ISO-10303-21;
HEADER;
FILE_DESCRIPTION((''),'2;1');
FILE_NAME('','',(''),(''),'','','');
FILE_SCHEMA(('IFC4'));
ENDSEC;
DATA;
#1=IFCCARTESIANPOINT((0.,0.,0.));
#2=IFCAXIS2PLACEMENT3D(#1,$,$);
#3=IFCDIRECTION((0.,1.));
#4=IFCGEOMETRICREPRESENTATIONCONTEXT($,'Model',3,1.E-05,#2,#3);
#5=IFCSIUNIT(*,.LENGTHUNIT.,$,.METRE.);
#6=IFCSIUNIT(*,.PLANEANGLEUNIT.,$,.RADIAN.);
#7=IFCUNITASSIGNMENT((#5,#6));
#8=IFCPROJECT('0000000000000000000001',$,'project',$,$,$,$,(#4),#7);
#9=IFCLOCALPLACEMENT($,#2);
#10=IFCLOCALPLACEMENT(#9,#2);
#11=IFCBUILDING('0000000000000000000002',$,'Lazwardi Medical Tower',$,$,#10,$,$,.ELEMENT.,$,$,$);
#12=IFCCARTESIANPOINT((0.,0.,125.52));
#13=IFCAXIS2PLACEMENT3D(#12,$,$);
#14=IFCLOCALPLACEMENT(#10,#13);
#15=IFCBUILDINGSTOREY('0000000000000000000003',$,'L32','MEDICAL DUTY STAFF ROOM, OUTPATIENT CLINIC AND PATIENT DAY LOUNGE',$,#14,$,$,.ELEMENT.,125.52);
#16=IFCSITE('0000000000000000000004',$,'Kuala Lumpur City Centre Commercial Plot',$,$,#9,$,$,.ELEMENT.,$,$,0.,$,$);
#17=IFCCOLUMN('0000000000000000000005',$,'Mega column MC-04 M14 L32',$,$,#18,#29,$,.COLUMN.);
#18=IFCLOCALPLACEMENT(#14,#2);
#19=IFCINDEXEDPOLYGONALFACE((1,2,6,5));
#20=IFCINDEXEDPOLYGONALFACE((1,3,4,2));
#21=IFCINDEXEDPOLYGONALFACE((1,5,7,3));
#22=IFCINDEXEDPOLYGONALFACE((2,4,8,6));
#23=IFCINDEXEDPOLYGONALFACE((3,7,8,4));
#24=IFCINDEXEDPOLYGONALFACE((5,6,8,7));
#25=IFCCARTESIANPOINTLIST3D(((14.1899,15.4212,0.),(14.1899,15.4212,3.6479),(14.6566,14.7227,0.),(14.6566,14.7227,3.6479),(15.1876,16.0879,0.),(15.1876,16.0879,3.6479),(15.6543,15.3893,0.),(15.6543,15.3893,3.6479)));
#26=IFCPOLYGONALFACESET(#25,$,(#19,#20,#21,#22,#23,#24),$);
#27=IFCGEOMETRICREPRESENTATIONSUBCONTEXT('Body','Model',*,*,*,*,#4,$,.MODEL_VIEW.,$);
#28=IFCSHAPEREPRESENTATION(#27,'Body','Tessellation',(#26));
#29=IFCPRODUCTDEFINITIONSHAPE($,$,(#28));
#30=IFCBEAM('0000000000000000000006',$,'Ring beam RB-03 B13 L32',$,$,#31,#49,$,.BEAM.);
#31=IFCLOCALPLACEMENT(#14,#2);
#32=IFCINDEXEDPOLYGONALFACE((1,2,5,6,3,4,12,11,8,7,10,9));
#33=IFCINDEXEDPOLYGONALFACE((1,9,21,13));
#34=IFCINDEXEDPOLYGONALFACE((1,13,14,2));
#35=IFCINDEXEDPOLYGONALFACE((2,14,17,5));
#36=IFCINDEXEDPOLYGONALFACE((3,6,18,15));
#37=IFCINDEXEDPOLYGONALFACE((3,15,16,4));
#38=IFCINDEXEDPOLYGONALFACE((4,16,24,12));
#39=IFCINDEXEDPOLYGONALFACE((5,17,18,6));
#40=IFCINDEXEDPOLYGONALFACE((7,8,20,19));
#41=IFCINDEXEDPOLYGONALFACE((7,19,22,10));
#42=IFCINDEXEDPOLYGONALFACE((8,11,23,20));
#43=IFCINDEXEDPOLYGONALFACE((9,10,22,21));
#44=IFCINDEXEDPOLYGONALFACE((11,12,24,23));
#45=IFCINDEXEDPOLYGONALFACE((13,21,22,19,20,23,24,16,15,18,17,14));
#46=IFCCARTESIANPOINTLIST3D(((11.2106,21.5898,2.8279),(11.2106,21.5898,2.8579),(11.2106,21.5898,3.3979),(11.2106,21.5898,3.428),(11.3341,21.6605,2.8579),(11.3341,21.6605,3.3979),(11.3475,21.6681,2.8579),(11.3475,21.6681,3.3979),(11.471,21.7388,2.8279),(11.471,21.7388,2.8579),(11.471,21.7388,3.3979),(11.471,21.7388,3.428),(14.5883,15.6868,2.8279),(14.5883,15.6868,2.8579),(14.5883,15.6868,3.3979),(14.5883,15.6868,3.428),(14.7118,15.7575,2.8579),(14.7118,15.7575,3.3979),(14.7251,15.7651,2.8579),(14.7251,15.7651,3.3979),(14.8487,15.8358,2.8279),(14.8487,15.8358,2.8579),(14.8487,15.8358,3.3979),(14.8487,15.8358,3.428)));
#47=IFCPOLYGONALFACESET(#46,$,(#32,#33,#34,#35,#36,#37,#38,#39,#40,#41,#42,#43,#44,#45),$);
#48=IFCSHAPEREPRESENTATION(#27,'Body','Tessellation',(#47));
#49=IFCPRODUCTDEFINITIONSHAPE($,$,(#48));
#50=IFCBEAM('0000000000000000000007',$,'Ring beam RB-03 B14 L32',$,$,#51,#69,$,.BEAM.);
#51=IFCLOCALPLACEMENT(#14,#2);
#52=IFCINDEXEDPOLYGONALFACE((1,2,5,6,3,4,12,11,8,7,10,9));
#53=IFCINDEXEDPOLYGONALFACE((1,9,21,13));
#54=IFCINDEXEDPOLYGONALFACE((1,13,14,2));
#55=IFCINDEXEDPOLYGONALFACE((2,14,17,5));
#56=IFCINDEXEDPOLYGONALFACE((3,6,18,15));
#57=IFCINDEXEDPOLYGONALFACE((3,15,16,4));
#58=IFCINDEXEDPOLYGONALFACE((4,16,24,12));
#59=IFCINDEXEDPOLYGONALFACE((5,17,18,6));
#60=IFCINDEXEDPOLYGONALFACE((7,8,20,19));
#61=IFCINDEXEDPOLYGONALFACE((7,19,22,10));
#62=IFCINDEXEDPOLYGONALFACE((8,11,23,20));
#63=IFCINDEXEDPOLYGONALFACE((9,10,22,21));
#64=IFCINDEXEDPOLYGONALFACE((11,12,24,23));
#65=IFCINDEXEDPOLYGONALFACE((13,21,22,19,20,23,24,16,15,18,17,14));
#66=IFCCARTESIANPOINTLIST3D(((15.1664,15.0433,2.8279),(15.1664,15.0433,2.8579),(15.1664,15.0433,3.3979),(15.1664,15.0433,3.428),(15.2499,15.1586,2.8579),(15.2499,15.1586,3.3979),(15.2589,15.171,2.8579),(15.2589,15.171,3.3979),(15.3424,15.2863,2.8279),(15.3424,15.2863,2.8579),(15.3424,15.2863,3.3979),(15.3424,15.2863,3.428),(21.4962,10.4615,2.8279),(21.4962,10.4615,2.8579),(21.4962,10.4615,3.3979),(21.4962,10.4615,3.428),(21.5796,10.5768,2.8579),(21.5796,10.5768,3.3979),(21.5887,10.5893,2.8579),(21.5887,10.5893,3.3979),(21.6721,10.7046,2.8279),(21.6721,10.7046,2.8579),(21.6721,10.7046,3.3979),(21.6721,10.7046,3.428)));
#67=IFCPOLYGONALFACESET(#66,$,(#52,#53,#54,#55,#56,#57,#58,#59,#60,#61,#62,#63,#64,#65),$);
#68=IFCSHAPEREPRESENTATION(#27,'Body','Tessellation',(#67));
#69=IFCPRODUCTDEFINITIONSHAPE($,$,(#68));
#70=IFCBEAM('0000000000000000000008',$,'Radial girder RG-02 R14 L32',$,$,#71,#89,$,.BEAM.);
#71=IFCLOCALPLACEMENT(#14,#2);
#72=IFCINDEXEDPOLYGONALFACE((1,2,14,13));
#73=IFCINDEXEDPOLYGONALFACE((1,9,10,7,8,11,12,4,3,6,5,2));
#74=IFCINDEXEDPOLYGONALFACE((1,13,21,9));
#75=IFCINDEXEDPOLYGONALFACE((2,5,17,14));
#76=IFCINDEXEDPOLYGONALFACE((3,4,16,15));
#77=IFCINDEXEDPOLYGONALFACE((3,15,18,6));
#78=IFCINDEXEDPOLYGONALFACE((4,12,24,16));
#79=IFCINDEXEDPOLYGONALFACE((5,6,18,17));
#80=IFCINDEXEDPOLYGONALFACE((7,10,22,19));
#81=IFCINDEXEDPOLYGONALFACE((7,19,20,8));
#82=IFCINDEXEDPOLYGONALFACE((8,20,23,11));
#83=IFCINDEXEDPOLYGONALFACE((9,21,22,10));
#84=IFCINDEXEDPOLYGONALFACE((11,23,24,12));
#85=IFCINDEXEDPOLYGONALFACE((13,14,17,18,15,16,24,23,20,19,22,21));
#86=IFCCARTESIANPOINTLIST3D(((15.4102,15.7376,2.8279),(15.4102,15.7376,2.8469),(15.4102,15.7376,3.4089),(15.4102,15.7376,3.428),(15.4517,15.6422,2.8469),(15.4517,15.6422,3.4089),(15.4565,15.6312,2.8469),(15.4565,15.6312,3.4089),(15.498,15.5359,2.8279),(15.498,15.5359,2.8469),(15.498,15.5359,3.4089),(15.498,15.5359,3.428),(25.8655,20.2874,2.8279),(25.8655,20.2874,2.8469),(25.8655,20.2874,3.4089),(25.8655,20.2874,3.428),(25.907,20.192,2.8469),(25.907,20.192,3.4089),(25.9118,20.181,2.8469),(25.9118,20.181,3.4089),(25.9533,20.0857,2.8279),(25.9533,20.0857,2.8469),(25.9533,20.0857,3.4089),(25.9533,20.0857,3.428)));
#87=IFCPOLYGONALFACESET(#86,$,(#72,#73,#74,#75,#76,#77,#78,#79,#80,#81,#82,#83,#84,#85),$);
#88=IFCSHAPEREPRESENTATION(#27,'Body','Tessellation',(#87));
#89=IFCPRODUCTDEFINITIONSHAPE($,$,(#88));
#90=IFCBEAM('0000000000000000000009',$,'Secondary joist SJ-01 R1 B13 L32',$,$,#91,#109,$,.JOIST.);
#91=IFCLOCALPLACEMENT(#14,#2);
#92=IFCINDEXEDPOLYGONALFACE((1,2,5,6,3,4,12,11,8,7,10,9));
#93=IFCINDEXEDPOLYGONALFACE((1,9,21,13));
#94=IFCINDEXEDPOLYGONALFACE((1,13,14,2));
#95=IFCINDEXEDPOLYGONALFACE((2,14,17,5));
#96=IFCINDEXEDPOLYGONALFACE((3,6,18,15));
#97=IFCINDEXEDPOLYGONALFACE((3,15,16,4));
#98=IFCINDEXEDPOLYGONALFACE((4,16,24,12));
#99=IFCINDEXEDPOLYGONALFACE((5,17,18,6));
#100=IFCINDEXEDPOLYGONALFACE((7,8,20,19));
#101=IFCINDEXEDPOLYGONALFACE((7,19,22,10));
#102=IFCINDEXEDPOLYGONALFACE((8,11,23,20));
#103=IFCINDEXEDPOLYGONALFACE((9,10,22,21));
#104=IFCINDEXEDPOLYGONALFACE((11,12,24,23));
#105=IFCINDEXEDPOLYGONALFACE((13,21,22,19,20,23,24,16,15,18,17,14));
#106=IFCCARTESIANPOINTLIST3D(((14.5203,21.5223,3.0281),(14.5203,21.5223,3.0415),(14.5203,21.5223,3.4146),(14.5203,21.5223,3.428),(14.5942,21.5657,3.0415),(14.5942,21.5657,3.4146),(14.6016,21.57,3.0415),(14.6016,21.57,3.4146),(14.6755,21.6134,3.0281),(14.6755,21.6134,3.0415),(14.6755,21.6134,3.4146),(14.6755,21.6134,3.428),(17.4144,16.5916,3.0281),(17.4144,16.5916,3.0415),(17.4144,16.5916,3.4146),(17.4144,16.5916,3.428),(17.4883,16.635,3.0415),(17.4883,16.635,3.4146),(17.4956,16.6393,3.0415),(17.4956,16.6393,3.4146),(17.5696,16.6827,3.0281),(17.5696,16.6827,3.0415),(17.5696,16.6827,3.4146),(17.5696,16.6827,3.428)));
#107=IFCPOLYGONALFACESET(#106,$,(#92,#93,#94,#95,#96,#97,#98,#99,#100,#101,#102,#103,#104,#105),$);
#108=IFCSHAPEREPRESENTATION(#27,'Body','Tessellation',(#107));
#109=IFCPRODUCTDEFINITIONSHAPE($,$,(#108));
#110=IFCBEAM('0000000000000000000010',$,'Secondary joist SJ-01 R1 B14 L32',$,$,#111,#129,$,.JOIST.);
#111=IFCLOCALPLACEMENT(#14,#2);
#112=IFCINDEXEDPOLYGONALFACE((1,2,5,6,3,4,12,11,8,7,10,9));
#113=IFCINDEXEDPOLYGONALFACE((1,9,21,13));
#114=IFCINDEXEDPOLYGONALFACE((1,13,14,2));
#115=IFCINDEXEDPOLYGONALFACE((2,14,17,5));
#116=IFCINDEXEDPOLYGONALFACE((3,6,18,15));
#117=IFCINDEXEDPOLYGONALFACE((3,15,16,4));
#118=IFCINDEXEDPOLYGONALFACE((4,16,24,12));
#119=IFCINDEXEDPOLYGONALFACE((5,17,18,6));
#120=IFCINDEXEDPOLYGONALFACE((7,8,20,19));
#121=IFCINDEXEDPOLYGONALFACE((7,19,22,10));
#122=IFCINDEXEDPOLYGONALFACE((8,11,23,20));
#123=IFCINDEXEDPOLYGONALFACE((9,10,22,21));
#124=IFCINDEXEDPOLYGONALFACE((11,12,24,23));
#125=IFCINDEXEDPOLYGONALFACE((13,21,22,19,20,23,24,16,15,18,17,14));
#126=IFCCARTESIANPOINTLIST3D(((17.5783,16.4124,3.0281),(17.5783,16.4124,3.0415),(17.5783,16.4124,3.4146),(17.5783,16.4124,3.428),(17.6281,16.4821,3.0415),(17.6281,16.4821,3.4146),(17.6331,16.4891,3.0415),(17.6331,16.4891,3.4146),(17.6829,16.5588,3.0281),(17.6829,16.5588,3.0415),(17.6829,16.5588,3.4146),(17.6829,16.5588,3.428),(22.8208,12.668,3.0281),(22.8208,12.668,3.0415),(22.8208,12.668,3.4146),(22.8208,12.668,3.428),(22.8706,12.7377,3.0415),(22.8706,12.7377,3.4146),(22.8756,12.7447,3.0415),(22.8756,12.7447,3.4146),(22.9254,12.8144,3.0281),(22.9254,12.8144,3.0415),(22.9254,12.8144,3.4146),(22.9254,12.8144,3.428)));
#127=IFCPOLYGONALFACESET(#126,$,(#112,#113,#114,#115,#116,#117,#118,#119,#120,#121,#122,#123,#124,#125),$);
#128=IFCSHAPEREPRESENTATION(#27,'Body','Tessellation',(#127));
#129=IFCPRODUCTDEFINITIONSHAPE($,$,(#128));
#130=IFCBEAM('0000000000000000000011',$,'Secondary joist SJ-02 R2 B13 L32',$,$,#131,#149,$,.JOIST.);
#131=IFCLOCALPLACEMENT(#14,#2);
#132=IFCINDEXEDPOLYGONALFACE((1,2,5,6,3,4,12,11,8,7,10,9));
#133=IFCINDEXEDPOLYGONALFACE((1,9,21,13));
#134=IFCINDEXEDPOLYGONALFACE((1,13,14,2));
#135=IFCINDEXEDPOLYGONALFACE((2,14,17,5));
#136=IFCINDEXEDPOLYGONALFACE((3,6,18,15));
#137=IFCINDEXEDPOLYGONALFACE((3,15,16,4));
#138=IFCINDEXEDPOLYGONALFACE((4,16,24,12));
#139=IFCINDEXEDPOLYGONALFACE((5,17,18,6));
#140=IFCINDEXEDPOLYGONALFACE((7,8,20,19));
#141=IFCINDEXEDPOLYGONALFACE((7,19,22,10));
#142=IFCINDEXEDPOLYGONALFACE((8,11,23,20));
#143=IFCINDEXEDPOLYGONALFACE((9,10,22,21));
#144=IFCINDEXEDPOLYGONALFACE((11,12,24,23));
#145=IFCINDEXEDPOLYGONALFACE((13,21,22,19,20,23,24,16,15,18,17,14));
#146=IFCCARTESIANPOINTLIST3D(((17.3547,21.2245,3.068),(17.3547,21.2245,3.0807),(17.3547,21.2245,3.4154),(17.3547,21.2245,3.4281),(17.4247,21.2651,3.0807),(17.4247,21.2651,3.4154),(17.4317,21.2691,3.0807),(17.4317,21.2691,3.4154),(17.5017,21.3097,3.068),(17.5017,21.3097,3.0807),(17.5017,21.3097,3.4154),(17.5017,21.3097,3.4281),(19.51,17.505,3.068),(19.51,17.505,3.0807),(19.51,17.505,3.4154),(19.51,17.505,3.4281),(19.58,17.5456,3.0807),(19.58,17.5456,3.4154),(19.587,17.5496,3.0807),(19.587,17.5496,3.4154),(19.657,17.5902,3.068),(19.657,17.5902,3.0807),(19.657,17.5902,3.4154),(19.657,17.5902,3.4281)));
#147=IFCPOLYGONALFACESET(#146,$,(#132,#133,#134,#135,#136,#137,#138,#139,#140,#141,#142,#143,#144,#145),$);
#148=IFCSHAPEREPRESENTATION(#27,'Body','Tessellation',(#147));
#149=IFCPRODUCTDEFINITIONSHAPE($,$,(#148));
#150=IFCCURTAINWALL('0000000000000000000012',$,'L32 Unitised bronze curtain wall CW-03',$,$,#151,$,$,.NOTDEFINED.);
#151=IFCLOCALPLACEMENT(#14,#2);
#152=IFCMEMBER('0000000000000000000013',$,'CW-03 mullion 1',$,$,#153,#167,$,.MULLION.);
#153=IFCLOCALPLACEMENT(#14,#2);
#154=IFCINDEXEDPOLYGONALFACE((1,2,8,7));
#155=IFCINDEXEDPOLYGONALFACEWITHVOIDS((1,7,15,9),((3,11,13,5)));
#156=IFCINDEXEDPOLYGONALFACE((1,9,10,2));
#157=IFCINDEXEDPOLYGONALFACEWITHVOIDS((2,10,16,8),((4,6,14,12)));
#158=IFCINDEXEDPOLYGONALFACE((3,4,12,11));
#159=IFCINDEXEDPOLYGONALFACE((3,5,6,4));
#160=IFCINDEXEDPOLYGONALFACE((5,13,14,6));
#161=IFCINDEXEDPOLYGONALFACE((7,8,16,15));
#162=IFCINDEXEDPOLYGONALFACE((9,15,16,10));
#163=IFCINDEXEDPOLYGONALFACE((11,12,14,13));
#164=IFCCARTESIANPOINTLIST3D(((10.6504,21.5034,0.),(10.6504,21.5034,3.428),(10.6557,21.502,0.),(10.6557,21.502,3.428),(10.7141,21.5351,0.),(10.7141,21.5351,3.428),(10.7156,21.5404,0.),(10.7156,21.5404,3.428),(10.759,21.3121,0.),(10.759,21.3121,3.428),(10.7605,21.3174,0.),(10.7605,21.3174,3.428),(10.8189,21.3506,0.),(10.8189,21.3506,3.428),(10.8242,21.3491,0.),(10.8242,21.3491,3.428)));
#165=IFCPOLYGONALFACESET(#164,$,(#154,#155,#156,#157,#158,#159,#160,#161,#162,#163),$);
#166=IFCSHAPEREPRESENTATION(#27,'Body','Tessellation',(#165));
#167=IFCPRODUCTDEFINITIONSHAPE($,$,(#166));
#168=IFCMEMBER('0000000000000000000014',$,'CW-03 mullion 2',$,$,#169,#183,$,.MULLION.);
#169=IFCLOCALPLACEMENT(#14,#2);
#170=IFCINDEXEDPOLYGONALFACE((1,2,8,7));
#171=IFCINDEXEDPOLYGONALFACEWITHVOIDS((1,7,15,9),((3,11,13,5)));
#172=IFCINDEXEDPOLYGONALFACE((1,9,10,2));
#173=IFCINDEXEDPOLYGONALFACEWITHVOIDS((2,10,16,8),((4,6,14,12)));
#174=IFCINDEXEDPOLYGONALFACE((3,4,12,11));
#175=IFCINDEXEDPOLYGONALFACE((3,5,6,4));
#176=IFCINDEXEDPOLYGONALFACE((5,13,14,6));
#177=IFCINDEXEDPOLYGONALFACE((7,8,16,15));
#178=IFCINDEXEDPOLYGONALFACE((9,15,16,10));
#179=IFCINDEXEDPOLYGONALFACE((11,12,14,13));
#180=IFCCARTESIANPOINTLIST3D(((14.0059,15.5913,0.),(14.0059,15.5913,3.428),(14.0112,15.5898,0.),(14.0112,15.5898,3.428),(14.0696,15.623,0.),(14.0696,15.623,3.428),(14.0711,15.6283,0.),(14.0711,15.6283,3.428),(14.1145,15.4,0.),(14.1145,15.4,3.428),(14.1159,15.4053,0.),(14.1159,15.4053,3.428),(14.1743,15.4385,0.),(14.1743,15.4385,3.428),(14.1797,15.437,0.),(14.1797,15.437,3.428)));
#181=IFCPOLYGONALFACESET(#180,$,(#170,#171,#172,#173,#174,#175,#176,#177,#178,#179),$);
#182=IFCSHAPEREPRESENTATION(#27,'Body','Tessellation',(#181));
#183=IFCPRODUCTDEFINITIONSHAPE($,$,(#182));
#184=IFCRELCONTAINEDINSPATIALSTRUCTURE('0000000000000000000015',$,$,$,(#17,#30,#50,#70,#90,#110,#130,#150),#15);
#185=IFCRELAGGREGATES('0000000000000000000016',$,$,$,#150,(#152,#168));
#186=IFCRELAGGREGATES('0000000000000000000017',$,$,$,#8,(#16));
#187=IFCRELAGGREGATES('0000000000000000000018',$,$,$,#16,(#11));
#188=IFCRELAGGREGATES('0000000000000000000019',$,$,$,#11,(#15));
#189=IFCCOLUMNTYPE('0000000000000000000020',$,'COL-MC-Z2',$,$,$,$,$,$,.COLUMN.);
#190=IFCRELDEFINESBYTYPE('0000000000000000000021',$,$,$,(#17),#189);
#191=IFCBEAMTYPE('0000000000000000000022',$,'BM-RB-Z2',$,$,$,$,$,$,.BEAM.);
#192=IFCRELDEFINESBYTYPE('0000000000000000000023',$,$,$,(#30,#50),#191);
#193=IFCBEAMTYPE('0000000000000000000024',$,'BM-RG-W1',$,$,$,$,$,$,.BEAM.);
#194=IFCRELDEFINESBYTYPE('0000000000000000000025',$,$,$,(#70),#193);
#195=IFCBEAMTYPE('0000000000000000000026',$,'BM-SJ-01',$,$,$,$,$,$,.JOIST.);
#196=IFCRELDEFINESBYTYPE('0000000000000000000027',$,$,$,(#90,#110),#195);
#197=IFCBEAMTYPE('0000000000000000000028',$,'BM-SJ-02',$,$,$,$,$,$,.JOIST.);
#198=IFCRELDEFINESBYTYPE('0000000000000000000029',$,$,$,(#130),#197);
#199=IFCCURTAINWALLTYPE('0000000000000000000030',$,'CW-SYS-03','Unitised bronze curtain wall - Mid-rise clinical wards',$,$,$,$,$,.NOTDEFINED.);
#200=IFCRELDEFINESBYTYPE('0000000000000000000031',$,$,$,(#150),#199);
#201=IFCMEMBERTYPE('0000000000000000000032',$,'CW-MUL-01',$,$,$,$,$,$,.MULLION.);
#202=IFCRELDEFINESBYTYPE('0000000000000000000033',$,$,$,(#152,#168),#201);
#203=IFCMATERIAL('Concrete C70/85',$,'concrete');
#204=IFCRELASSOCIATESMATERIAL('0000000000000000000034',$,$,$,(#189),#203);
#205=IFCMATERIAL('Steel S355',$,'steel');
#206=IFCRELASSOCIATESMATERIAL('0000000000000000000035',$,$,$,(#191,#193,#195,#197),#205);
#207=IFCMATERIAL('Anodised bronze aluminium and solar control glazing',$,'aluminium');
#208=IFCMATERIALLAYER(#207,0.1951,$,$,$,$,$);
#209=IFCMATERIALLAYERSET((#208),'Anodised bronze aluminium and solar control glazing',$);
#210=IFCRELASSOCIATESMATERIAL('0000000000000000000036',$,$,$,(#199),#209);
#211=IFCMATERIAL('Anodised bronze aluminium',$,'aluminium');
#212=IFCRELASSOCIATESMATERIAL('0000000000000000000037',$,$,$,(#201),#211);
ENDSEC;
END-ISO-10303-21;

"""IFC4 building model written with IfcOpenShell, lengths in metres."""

from ifc_helpers import new_model, si_unit, direction, frame, origin, origin_2d, place, context, subcontext, project, spatial, rectangle, hollow_rectangle, i_section, extrude, material, layer, layer_set, material_profile, profile_set, type_object, element, aggregate, save


model = new_model("IFC4")

# Units and contexts
model_context = context("Model", 3, precision=1e-05, world=origin(), true_north=direction((0.0, 1.0)))
body_context = subcontext(model_context, "Body", "Model", "MODEL_VIEW")
ifc_project = project(units=[si_unit("LENGTHUNIT", "METRE"), si_unit("PLANEANGLEUNIT", "RADIAN")], contexts=[model_context])

# Site, building, storey
site_placement = place(None, origin())
site = spatial("IfcSite", under=ifc_project, at=site_placement, Name="Kuala Lumpur City Centre Commercial Plot", CompositionType="ELEMENT", RefElevation=0.0)
building_placement = place(site_placement, origin())
building = spatial("IfcBuilding", under=site, at=building_placement, Name="Lazwardi Medical Tower", CompositionType="ELEMENT")
storey_placement = place(building_placement, frame((0.0, 0.0, 125.52)))
storey = spatial("IfcBuildingStorey", under=building, at=storey_placement, Name="L32", Description="MEDICAL DUTY STAFF ROOM, OUTPATIENT CLINIC AND PATIENT DAY LOUNGE", CompositionType="ELEMENT", Elevation=125.52)

# Column
ifc_material_1 = material(Name="Concrete C70/85", Category="concrete")
ifc_material_profile_1 = material_profile(ifc_material_1, rectangle(XDim=1.2, YDim=0.8401, at=origin_2d()), Name="CFT-RECT 1200x840")
ifc_profile_set_1 = profile_set([ifc_material_profile_1], Name="Concrete C70/85")
column_type = type_object("IfcColumnType", Name="COL-MC-Z2", PredefinedType="COLUMN", material=ifc_profile_set_1)
column_placement = place(storey_placement, frame((14.9221, 15.4053, 0.0), z_axis=(0.0, 0.0, 1.0), x_axis=(-0.83147, -0.55557, 0.0)))
element("IfcColumn", 1, at=column_placement, inside=storey, type_object=column_type, Name="Mega column MC-04 M14 L32", PredefinedType="COLUMN", context=body_context, shape_type="SweptSolid", body=[
    extrude(rectangle(XDim=1.2, YDim=0.8401, at=origin_2d()), origin(), (0.0, 0.0, 1.0), 3.6479),
])

# Beams
ifc_material_2 = material(Name="Steel S355", Category="steel")
ifc_material_profile_2 = material_profile(ifc_material_2, i_section(OverallWidth=0.3, OverallDepth=0.6001, WebThickness=0.0154, FlangeThickness=0.03, at=origin_2d()), Name="HEB 600")
ifc_profile_set_2 = profile_set([ifc_material_profile_2], Name="Steel S355")
beam_type_1 = type_object("IfcBeamType", Name="BM-RB-Z2", PredefinedType="BEAM", material=ifc_profile_set_2)
beam_1_placement = place(storey_placement, frame((11.3408, 21.6643, 3.1279), z_axis=(0.496638, -0.867958, 0.0), x_axis=(0.867958, 0.496638, 0.0)))
element("IfcBeam", 2, at=beam_1_placement, inside=storey, type_object=beam_type_1, Name="Ring beam RB-03 B13 L32", PredefinedType="BEAM", context=body_context, shape_type="SweptSolid", body=[
    extrude(i_section(OverallWidth=0.3, OverallDepth=0.6001, WebThickness=0.0154, FlangeThickness=0.03, at=origin_2d()), origin(), (0.0, 0.0, 1.0), 6.801),
])
beam_2_placement = place(storey_placement, frame((15.2544, 15.1648, 3.1279), z_axis=(0.810057, -0.586351, 0.0), x_axis=(0.586351, 0.810057, 0.0)))
element("IfcBeam", 3, at=beam_2_placement, inside=storey, type_object=beam_type_1, Name="Ring beam RB-03 B14 L32", PredefinedType="BEAM", context=body_context, shape_type="SweptSolid", body=[
    extrude(i_section(OverallWidth=0.3, OverallDepth=0.6001, WebThickness=0.0154, FlangeThickness=0.03, at=origin_2d()), origin(), (0.0, 0.0, 1.0), 7.814),
])
ifc_material_profile_3 = material_profile(ifc_material_2, i_section(OverallWidth=0.22, OverallDepth=0.6001, WebThickness=0.012, FlangeThickness=0.019, at=origin_2d()), Name="IPE 600")
ifc_profile_set_3 = profile_set([ifc_material_profile_3], Name="Steel S355")
beam_type_2 = type_object("IfcBeamType", Name="BM-RG-W1", PredefinedType="BEAM", material=ifc_profile_set_3)
beam_3_placement = place(storey_placement, frame((15.4541, 15.6367, 3.1279), z_axis=(0.916941, 0.399022, 0.0), x_axis=(-0.399022, 0.916941, 0.0)))
element("IfcBeam", 4, at=beam_3_placement, inside=storey, type_object=beam_type_2, Name="Radial girder RG-02 R14 L32", PredefinedType="BEAM", context=body_context, shape_type="SweptSolid", body=[
    extrude(i_section(OverallWidth=0.22, OverallDepth=0.6001, WebThickness=0.012, FlangeThickness=0.019, at=origin_2d()), origin(), (0.0, 0.0, 1.0), 11.4023),
])
ifc_material_profile_4 = material_profile(ifc_material_2, i_section(OverallWidth=0.1799, OverallDepth=0.3999, WebThickness=0.0085, FlangeThickness=0.0134, at=origin_2d()), Name="IPE 400")
ifc_profile_set_4 = profile_set([ifc_material_profile_4], Name="Steel S355")
beam_type_3 = type_object("IfcBeamType", Name="BM-SJ-01", PredefinedType="JOIST", material=ifc_profile_set_4)
beam_4_placement = place(storey_placement, frame((14.5979, 21.5679, 3.228), z_axis=(0.506195, -0.862419, 0.0), x_axis=(0.862419, 0.506195, 0.0)))
element("IfcBeam", 5, at=beam_4_placement, inside=storey, type_object=beam_type_3, Name="Secondary joist SJ-01 R1 B13 L32", PredefinedType="JOIST", context=body_context, shape_type="SweptSolid", body=[
    extrude(i_section(OverallWidth=0.1799, OverallDepth=0.3999, WebThickness=0.0085, FlangeThickness=0.0134, at=origin_2d()), origin(), (0.0, 0.0, 1.0), 5.7173),
])
beam_5_placement = place(storey_placement, frame((17.6306, 16.4856, 3.228), z_axis=(0.813749, -0.581217, 0.0), x_axis=(0.581217, 0.813749, 0.0)))
element("IfcBeam", 6, at=beam_5_placement, inside=storey, type_object=beam_type_3, Name="Secondary joist SJ-01 R1 B14 L32", PredefinedType="JOIST", context=body_context, shape_type="SweptSolid", body=[
    extrude(i_section(OverallWidth=0.1799, OverallDepth=0.3999, WebThickness=0.0085, FlangeThickness=0.0134, at=origin_2d()), origin(), (0.0, 0.0, 1.0), 6.4424),
])
ifc_material_profile_5 = material_profile(ifc_material_2, i_section(OverallWidth=0.1699, OverallDepth=0.3601, WebThickness=0.0081, FlangeThickness=0.0127, at=origin_2d()), Name="IPE 360")
ifc_profile_set_5 = profile_set([ifc_material_profile_5], Name="Steel S355")
beam_type_4 = type_object("IfcBeamType", Name="BM-SJ-02", PredefinedType="JOIST", material=ifc_profile_set_5)
beam_6_placement = place(storey_placement, frame((17.4282, 21.2671, 3.248), z_axis=(0.501365, -0.865236, 0.0), x_axis=(0.865236, 0.501365, 0.0)))
element("IfcBeam", 7, at=beam_6_placement, inside=storey, type_object=beam_type_4, Name="Secondary joist SJ-02 R2 B13 L32", PredefinedType="JOIST", context=body_context, shape_type="SweptSolid", body=[
    extrude(i_section(OverallWidth=0.1699, OverallDepth=0.3601, WebThickness=0.0081, FlangeThickness=0.0127, at=origin_2d()), origin(), (0.0, 0.0, 1.0), 4.2988),
])

# Curtain wall, members
ifc_material_3 = material(Name="Anodised bronze aluminium and solar control glazing", Category="aluminium")
ifc_layer_1 = layer(ifc_material_3, 0.1951)
ifc_layer_set_1 = layer_set([ifc_layer_1], Name="Anodised bronze aluminium and solar control glazing")
curtain_wall_type = type_object("IfcCurtainWallType", Name="CW-SYS-03", Description="Unitised bronze curtain wall - Mid-rise clinical wards", PredefinedType="NOTDEFINED", material=ifc_layer_set_1)
curtain_wall_1_placement = place(storey_placement, origin())
curtain_wall_1 = element("IfcCurtainWall", 8, at=curtain_wall_1_placement, inside=storey, type_object=curtain_wall_type, Name="L32 Unitised bronze curtain wall CW-03", PredefinedType="NOTDEFINED")
ifc_material_4 = material(Name="Anodised bronze aluminium", Category="aluminium")
ifc_material_profile_6 = material_profile(ifc_material_4, hollow_rectangle(XDim=0.075, YDim=0.22, WallThickness=0.0039, at=origin_2d()), Name="ALU-MULLION 220x75x4")
ifc_profile_set_6 = profile_set([ifc_material_profile_6], Name="Anodised bronze aluminium")
member_type_1 = type_object("IfcMemberType", Name="CW-MUL-01", PredefinedType="MULLION", material=ifc_profile_set_6)
member_1_placement = place(storey_placement, frame((10.7373, 21.4263, 0.0), z_axis=(0.0, 0.0, 1.0), x_axis=(0.869687, 0.493603, 0.0)))
member_1 = element("IfcMember", 9, at=member_1_placement, type_object=member_type_1, Name="CW-03 mullion 1", PredefinedType="MULLION", context=body_context, shape_type="SweptSolid", body=[
    extrude(hollow_rectangle(XDim=0.075, YDim=0.22, WallThickness=0.0039, at=origin_2d()), origin(), (0.0, 0.0, 1.0), 3.428),
])
member_2_placement = place(storey_placement, frame((14.0928, 15.5142, 0.0), z_axis=(0.0, 0.0, 1.0), x_axis=(0.869687, 0.493603, 0.0)))
member_2 = element("IfcMember", 10, at=member_2_placement, type_object=member_type_1, Name="CW-03 mullion 2", PredefinedType="MULLION", context=body_context, shape_type="SweptSolid", body=[
    extrude(hollow_rectangle(XDim=0.075, YDim=0.22, WallThickness=0.0039, at=origin_2d()), origin(), (0.0, 0.0, 1.0), 3.428),
])

aggregate(curtain_wall_1, [member_1, member_2])

save(model, "model.ifc")
